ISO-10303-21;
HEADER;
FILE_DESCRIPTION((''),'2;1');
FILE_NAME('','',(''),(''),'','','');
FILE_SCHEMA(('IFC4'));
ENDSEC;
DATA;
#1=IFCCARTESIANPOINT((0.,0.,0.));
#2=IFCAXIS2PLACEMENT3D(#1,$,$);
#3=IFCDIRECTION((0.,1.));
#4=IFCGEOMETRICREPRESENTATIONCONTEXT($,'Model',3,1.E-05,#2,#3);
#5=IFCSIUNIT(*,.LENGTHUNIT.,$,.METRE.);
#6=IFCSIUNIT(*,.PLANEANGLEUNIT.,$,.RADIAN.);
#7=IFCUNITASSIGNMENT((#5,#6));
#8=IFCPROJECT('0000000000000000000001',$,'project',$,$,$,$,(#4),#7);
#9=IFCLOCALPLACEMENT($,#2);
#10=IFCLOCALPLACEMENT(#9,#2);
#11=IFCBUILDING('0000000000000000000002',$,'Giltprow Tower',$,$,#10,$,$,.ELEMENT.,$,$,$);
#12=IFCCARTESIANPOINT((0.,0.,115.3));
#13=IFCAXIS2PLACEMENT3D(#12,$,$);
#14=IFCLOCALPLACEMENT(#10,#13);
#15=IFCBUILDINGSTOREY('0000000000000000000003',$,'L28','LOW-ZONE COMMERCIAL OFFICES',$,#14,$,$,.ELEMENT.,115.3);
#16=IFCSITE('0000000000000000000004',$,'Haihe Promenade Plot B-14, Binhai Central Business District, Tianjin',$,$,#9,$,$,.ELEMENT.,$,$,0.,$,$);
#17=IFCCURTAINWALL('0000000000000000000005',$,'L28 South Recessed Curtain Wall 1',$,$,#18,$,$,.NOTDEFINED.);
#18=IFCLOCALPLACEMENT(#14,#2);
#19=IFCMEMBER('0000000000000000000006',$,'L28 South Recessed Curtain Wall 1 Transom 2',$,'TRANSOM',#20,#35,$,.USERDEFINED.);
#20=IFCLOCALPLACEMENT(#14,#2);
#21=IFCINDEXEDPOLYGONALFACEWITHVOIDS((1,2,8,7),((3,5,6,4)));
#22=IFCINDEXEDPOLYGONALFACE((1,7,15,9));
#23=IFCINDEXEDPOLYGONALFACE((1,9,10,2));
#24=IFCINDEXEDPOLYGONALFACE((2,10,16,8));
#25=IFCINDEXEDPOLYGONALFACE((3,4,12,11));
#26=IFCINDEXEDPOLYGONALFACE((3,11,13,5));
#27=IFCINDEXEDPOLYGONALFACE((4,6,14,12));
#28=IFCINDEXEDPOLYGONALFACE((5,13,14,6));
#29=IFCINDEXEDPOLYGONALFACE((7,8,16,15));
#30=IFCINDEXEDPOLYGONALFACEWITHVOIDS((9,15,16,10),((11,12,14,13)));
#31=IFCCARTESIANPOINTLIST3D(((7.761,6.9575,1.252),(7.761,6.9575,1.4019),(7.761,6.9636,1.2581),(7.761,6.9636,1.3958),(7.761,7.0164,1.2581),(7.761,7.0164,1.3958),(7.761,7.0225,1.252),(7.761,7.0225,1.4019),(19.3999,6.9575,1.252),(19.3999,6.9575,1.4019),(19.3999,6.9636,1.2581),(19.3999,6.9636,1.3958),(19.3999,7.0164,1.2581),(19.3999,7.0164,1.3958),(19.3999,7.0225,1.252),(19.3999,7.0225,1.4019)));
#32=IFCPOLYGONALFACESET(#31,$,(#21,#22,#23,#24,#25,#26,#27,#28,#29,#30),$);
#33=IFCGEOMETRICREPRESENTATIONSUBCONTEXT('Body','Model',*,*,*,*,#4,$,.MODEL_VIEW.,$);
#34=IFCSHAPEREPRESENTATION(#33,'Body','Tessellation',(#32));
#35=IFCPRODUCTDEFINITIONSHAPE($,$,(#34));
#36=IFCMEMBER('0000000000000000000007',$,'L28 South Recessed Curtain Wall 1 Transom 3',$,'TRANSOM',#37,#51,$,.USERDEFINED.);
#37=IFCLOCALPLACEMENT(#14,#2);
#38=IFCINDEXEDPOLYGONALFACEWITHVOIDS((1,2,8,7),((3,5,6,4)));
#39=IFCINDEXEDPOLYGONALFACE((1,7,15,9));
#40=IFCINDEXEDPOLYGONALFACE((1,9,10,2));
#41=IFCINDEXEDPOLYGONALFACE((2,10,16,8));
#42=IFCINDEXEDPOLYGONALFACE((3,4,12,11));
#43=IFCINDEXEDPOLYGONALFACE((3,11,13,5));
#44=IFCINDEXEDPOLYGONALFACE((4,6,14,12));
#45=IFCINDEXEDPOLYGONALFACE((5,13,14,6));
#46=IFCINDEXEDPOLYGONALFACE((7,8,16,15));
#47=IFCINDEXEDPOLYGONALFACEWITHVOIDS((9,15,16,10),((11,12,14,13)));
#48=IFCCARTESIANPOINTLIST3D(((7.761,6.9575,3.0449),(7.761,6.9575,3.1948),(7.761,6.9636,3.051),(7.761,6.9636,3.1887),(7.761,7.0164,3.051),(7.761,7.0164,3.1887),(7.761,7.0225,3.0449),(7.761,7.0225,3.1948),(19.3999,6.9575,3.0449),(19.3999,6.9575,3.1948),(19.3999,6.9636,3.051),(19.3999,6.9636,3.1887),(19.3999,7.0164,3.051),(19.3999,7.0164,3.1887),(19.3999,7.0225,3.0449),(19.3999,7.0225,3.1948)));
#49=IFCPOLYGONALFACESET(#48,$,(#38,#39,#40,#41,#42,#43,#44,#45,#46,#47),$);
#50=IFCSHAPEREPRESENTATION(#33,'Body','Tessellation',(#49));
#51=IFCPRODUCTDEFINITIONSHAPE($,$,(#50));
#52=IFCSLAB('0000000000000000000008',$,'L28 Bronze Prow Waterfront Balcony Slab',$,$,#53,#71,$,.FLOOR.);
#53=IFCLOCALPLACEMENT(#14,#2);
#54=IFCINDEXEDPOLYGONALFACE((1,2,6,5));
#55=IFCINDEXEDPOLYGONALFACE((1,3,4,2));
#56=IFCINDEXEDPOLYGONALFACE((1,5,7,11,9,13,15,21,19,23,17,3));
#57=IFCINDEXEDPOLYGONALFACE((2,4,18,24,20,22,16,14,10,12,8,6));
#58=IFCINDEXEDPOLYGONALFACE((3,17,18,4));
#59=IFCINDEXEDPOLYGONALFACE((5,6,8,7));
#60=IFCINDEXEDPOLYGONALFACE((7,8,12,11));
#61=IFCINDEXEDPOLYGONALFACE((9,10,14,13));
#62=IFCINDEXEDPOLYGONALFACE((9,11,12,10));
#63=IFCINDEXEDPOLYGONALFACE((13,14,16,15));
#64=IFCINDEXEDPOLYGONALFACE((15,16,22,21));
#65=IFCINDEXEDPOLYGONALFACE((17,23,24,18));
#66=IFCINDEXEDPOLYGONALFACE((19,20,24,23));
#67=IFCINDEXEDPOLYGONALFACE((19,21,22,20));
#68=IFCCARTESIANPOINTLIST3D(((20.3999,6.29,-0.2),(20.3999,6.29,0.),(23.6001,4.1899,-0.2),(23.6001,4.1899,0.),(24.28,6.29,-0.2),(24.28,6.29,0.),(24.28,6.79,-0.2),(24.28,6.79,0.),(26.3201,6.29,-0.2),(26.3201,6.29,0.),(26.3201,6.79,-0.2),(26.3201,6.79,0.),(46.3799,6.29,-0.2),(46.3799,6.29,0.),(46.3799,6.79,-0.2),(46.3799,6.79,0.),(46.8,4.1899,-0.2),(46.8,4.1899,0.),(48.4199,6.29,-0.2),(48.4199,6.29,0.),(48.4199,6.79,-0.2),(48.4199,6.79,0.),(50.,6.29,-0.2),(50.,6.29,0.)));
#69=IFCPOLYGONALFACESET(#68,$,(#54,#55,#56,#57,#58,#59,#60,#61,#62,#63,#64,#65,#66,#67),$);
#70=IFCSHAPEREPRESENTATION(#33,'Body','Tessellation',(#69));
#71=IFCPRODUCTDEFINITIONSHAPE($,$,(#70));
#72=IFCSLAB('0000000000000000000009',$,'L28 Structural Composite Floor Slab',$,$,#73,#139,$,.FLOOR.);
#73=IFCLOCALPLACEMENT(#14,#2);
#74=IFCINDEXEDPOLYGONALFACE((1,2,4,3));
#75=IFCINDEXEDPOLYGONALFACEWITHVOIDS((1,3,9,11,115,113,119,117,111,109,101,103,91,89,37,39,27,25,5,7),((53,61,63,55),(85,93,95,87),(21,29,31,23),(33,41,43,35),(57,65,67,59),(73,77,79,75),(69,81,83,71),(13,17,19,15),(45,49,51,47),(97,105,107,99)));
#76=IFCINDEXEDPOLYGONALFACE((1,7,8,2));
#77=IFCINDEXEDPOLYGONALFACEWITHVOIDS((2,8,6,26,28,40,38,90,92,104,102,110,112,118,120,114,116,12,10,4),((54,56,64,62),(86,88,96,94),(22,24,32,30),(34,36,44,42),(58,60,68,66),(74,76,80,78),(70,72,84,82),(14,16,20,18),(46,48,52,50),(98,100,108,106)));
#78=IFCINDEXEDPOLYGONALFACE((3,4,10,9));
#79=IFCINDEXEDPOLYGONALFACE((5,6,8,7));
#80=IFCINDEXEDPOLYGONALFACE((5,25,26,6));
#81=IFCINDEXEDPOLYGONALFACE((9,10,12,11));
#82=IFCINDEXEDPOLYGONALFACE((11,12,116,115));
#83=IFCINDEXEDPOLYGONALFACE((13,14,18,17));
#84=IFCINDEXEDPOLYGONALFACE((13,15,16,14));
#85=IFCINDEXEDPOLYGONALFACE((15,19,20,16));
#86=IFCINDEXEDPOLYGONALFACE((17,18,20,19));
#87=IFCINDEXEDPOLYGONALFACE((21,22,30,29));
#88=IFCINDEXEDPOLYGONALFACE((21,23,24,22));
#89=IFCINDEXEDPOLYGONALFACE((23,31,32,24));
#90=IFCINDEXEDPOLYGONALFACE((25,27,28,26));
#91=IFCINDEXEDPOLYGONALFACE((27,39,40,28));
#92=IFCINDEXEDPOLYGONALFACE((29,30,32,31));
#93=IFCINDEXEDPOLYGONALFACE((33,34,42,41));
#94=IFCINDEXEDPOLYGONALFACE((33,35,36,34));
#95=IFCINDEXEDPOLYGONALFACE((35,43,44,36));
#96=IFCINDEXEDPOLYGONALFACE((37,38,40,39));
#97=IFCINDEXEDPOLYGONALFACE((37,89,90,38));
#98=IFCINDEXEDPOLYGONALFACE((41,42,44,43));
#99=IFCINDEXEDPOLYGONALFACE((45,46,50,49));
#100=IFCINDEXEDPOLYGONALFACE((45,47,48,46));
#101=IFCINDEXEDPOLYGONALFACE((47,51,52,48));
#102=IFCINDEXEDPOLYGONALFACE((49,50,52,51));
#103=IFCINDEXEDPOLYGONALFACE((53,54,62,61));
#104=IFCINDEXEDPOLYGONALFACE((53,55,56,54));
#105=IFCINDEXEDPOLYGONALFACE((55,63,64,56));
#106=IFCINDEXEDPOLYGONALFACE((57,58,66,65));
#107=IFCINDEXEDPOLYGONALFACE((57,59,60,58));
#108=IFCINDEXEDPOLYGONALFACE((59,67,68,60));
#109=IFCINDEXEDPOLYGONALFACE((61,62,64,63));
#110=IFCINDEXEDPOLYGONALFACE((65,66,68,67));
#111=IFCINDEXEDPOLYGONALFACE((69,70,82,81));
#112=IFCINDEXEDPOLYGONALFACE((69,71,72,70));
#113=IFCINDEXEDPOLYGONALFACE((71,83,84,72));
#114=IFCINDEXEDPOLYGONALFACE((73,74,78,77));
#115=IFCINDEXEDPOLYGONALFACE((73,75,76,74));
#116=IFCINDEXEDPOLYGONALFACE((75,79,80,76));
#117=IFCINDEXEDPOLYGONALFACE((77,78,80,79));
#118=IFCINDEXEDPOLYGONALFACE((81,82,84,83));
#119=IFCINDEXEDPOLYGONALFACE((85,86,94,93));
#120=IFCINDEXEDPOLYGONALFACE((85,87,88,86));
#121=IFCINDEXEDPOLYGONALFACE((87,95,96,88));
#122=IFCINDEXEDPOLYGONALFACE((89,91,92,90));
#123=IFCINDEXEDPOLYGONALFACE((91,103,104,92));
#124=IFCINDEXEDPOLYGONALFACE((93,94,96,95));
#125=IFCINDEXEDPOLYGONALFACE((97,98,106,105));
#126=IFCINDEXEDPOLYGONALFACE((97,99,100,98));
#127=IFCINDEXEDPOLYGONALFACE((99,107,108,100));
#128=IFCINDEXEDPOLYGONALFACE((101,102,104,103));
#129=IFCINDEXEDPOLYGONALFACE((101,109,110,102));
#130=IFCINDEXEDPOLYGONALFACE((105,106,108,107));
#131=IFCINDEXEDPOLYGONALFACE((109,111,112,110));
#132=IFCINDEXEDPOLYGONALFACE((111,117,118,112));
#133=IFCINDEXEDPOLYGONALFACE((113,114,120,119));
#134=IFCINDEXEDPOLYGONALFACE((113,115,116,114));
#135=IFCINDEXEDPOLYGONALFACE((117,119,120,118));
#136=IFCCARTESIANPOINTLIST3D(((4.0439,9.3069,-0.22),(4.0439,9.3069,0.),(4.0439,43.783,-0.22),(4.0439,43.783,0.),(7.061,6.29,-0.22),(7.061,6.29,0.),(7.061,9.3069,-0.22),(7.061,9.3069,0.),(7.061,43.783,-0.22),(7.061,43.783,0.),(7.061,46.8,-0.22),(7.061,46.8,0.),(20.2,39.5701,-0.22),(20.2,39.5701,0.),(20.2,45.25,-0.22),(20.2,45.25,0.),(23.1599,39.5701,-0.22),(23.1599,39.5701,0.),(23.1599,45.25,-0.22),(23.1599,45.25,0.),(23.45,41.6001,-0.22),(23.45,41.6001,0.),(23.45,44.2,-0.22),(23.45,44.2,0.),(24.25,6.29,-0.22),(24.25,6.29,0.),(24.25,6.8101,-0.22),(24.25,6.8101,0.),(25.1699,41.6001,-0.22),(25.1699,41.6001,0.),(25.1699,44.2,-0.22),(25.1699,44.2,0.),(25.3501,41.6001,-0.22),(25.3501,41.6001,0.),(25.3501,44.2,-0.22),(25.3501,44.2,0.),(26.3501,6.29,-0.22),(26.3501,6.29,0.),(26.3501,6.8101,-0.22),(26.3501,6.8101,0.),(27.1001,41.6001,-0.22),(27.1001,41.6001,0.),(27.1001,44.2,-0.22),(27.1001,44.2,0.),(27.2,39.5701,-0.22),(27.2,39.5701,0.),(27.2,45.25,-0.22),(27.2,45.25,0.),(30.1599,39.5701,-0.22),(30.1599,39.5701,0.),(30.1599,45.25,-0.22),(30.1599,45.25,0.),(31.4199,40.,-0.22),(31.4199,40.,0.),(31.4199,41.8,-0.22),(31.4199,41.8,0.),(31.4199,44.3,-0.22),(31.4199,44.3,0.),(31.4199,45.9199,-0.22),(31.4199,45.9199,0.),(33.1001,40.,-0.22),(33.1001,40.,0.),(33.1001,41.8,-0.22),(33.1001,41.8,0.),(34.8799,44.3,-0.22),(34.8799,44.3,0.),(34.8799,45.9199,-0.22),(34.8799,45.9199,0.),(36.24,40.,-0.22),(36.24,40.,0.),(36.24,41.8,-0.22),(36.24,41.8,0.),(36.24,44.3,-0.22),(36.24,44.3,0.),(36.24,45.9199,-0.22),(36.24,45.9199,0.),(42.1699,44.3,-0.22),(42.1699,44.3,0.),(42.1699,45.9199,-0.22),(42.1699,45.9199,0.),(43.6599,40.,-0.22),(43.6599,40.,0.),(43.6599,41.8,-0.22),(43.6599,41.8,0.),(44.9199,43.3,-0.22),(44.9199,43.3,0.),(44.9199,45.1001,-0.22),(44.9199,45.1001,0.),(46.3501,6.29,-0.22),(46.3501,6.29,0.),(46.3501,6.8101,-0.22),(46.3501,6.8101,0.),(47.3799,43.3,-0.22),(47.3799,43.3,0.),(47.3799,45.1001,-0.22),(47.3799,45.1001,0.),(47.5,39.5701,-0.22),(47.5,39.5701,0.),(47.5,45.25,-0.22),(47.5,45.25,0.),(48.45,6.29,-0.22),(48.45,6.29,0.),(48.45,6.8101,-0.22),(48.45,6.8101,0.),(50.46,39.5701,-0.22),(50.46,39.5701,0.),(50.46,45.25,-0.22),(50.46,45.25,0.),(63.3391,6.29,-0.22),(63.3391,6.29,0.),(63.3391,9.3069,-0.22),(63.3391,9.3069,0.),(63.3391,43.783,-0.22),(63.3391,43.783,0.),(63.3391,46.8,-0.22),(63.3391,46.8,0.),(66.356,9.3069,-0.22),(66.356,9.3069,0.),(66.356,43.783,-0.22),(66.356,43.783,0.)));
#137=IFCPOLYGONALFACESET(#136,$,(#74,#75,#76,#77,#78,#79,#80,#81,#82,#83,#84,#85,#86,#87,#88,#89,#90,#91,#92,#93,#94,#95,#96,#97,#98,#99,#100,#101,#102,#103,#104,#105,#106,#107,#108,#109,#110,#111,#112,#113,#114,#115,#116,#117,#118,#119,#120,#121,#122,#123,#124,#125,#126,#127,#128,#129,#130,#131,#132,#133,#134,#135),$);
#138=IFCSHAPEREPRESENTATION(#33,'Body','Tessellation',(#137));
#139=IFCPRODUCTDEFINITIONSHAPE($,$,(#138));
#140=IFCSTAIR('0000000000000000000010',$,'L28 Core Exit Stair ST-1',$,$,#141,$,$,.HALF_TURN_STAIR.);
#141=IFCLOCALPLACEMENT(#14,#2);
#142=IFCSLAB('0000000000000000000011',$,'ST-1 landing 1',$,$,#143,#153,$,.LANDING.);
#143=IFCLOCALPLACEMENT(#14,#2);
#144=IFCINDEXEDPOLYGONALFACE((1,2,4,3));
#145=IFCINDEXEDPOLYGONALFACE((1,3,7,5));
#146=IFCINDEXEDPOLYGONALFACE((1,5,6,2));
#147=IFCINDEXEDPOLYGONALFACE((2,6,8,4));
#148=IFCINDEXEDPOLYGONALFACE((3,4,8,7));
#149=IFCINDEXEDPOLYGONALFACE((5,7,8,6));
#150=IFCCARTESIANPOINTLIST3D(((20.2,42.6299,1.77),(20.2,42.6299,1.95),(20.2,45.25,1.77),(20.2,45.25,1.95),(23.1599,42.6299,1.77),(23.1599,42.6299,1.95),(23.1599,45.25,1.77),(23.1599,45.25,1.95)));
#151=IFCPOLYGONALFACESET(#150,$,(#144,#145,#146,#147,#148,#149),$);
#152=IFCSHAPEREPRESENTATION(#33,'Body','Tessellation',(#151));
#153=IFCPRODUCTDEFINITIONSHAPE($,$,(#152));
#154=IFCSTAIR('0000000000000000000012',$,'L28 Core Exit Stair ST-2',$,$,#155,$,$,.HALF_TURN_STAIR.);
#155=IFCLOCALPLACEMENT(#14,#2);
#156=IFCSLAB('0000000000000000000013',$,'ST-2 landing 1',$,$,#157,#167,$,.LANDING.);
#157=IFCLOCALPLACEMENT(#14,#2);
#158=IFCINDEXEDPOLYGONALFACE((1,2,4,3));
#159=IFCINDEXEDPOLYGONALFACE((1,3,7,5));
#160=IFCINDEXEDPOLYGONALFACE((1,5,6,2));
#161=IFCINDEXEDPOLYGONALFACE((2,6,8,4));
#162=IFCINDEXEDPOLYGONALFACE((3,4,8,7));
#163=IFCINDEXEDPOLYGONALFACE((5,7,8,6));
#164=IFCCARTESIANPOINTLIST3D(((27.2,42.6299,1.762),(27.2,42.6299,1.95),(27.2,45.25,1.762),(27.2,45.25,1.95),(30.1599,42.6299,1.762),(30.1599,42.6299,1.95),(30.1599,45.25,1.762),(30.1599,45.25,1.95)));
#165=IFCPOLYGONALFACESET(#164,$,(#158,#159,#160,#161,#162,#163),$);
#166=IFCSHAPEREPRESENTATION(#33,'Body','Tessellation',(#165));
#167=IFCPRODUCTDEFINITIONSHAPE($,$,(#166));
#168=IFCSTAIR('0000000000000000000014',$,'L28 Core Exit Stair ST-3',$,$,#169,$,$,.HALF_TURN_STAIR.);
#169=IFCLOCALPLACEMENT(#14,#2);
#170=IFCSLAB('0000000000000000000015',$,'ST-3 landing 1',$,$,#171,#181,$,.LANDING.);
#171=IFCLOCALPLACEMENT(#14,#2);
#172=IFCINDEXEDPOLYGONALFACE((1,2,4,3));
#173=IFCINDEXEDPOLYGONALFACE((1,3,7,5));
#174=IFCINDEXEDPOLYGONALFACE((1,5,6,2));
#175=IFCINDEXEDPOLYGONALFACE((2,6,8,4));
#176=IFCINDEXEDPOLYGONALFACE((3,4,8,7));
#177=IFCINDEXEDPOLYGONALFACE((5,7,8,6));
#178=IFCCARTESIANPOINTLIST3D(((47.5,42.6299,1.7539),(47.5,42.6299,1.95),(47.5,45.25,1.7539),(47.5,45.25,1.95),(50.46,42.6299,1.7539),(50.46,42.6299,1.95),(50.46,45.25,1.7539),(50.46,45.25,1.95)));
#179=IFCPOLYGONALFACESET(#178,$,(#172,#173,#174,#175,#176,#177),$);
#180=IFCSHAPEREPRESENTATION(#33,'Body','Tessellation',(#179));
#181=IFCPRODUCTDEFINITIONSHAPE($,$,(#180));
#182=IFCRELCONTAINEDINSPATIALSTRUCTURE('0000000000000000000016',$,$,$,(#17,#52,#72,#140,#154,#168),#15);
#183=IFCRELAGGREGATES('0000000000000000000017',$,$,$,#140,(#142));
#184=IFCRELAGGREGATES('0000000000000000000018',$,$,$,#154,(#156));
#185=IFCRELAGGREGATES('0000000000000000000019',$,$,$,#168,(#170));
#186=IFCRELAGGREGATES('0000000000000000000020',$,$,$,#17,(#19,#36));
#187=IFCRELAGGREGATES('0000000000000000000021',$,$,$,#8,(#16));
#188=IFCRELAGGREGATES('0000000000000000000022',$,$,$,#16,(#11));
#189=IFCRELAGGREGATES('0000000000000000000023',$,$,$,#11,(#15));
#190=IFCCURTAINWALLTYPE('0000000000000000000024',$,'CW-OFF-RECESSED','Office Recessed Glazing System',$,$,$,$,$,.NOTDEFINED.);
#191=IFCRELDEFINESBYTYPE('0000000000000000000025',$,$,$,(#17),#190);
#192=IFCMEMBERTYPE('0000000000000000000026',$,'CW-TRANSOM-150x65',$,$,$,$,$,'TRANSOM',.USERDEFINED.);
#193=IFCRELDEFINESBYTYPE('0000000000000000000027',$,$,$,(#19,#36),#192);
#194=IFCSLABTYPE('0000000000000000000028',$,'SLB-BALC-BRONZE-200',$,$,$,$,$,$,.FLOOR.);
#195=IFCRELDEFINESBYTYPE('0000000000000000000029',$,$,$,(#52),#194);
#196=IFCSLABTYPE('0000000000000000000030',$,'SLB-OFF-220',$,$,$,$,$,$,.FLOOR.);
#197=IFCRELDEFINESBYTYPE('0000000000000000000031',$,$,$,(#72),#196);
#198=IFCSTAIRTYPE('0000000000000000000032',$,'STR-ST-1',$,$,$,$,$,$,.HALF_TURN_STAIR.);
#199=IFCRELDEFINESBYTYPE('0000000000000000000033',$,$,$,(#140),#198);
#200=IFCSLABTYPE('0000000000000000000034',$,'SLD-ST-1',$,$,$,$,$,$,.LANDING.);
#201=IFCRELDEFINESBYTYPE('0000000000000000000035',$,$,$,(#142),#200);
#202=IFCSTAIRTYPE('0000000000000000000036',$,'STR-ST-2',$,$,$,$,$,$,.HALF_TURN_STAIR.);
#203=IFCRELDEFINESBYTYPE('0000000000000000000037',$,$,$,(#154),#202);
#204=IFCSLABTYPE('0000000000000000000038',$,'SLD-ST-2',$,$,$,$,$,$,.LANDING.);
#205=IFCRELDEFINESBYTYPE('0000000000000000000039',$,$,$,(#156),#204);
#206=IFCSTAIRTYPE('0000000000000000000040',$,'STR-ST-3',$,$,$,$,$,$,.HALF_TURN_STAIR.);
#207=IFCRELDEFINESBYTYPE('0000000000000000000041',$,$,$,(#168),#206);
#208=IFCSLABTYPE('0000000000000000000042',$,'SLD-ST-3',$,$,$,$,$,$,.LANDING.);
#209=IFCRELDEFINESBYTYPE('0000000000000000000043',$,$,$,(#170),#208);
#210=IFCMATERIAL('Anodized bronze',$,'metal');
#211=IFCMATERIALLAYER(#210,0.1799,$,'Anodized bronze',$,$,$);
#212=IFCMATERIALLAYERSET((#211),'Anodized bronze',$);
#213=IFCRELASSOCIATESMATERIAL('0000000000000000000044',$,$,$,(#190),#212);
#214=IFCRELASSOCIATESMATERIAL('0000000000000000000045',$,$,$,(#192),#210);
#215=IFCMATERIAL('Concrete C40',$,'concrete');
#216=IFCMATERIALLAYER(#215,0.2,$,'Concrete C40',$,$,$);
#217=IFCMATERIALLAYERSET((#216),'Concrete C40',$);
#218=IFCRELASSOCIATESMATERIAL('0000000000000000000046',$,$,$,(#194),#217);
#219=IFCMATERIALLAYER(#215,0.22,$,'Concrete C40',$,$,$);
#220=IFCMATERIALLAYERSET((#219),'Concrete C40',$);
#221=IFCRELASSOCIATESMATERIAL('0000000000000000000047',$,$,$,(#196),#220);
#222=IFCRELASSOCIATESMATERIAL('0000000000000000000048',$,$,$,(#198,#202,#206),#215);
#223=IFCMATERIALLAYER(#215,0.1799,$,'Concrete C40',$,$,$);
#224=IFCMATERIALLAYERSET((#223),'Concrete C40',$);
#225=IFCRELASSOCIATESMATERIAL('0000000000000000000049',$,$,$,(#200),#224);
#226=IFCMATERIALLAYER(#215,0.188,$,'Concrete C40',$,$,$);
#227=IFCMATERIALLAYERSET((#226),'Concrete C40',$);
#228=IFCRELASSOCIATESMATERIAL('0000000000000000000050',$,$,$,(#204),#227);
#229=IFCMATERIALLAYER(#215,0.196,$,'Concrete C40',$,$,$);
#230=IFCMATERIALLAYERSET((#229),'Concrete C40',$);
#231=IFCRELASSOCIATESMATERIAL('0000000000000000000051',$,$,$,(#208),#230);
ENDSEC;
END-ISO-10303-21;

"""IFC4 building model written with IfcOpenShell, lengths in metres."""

from ifc_helpers import new_model, si_unit, direction, frame, origin, origin_2d, place, context, subcontext, project, spatial, polyline, hollow_rectangle, outline, extrude, source, transform, mapped, material, layer, layer_set, material_profile, profile_set, type_object, element, aggregate, save


model = new_model("IFC4")

# Units and contexts
model_context = context("Model", 3, precision=1e-05, world=origin(), true_north=direction((0.0, 1.0)))
body_context = subcontext(model_context, "Body", "Model", "MODEL_VIEW")
ifc_project = project(units=[si_unit("LENGTHUNIT", "METRE"), si_unit("PLANEANGLEUNIT", "RADIAN")], contexts=[model_context])

# Site, building, storey
site_placement = place(None, origin())
site = spatial("IfcSite", under=ifc_project, at=site_placement, Name="Haihe Promenade Plot B-14, Binhai Central Business District, Tianjin", CompositionType="ELEMENT", RefElevation=0.0)
building_placement = place(site_placement, origin())
building = spatial("IfcBuilding", under=site, at=building_placement, Name="Giltprow Tower", CompositionType="ELEMENT")
storey_placement = place(building_placement, frame((0.0, 0.0, 115.3)))
storey = spatial("IfcBuildingStorey", under=building, at=storey_placement, Name="L28", Description="LOW-ZONE COMMERCIAL OFFICES", CompositionType="ELEMENT", Elevation=115.3)

# Curtain wall, members
ifc_material_1 = material(Name="Anodized bronze", Category="metal")
ifc_layer_1 = layer(ifc_material_1, 0.1799, Name="Anodized bronze")
ifc_layer_set_1 = layer_set([ifc_layer_1], Name="Anodized bronze")
curtain_wall_type = type_object("IfcCurtainWallType", Name="CW-OFF-RECESSED", Description="Office Recessed Glazing System", PredefinedType="NOTDEFINED", material=ifc_layer_set_1)
curtain_wall_placement = place(storey_placement, origin())
curtain_wall = element("IfcCurtainWall", 1, at=curtain_wall_placement, inside=storey, type_object=curtain_wall_type, Name="L28 South Recessed Curtain Wall 1", PredefinedType="NOTDEFINED")
ifc_material_profile_1 = material_profile(ifc_material_1, hollow_rectangle(XDim=0.0649, YDim=0.1499, WallThickness=0.0061, at=origin_2d()), Name="RHS 150x65x6")
ifc_profile_set_1 = profile_set([ifc_material_profile_1], Name="Anodized bronze")
member_type_1 = type_object("IfcMemberType", Name="CW-TRANSOM-150x65", ElementType="TRANSOM", PredefinedType="USERDEFINED", material=ifc_profile_set_1)
shared_shape_1 = source(origin(), body_context, "Body", "SweptSolid", [
    extrude(hollow_rectangle(XDim=0.0649, YDim=0.1499, WallThickness=0.0061, at=origin_2d()), origin(), (0.0, 0.0, 1.0), 11.6389),
])
member_1_placement = place(storey_placement, frame((7.761, 6.99, 1.3269), z_axis=(1.0, 0.0, 0.0), x_axis=(0.0, 1.0, 0.0)))
member_1 = element("IfcMember", 2, at=member_1_placement, type_object=member_type_1, Name="L28 South Recessed Curtain Wall 1 Transom 2", ObjectType="TRANSOM", PredefinedType="USERDEFINED", context=body_context, shape_type="MappedRepresentation", body=[
    mapped(shared_shape_1, transform((0.0, 0.0, 0.0), x_axis=(1.0, 0.0, 0.0), y_axis=(0.0, 1.0, 0.0), z_axis=(0.0, 0.0, 1.0), scale=1.0)),
])
member_2_placement = place(storey_placement, frame((7.761, 6.99, 3.1199), z_axis=(1.0, 0.0, 0.0), x_axis=(0.0, 1.0, 0.0)))
member_2 = element("IfcMember", 3, at=member_2_placement, type_object=member_type_1, Name="L28 South Recessed Curtain Wall 1 Transom 3", ObjectType="TRANSOM", PredefinedType="USERDEFINED", context=body_context, shape_type="MappedRepresentation", body=[
    mapped(shared_shape_1, transform((0.0, 0.0, 0.0), x_axis=(1.0, 0.0, 0.0), y_axis=(0.0, 1.0, 0.0), z_axis=(0.0, 0.0, 1.0), scale=1.0)),
])

# Slabs
ifc_material_2 = material(Name="Concrete C40", Category="concrete")
ifc_layer_2 = layer(ifc_material_2, 0.2, Name="Concrete C40")
ifc_layer_set_2 = layer_set([ifc_layer_2], Name="Concrete C40")
slab_type_1 = type_object("IfcSlabType", Name="SLB-BALC-BRONZE-200", PredefinedType="FLOOR", material=ifc_layer_set_2)
slab_1_placement = place(storey_placement, frame((0.0, 0.0, -0.2)))
element("IfcSlab", 4, at=slab_1_placement, inside=storey, type_object=slab_type_1, Name="L28 Bronze Prow Waterfront Balcony Slab", PredefinedType="FLOOR", context=body_context, shape_type="SweptSolid", body=[
    extrude(outline(polyline([(50.0, 6.29), (46.8, 4.1899), (23.6001, 4.1899), (20.3999, 6.29), (24.28, 6.29), (24.28, 6.79), (26.3201, 6.79), (26.3201, 6.29), (46.3799, 6.29), (46.3799, 6.79), (48.4199, 6.79), (48.4199, 6.29), (50.0, 6.29)])), origin(), (0.0, 0.0, 1.0), 0.2),
])
ifc_layer_3 = layer(ifc_material_2, 0.22, Name="Concrete C40")
ifc_layer_set_3 = layer_set([ifc_layer_3], Name="Concrete C40")
slab_type_2 = type_object("IfcSlabType", Name="SLB-OFF-220", PredefinedType="FLOOR", material=ifc_layer_set_3)
slab_2_placement = place(storey_placement, frame((0.0, 0.0, -0.22)))
element("IfcSlab", 5, at=slab_2_placement, inside=storey, type_object=slab_type_2, Name="L28 Structural Composite Floor Slab", PredefinedType="FLOOR", context=body_context, shape_type="SweptSolid", body=[
    extrude(outline(polyline([(7.061, 6.29), (7.061, 9.3069), (4.0439, 9.3069), (4.0439, 43.783), (7.061, 43.783), (7.061, 46.8), (63.3391, 46.8), (63.3391, 43.783), (66.356, 43.783), (66.356, 9.3069), (63.3391, 9.3069), (63.3391, 6.29), (48.45, 6.29), (48.45, 6.8101), (46.3501, 6.8101), (46.3501, 6.29), (26.3501, 6.29), (26.3501, 6.8101), (24.25, 6.8101), (24.25, 6.29), (7.061, 6.29)]), holes=[polyline([(33.1001, 41.8), (31.4199, 41.8), (31.4199, 40.0), (33.1001, 40.0), (33.1001, 41.8)]), polyline([(23.1599, 39.5701), (23.1599, 45.25), (20.2, 45.25), (20.2, 39.5701), (23.1599, 39.5701)]), polyline([(30.1599, 45.25), (27.2, 45.25), (27.2, 39.5701), (30.1599, 39.5701), (30.1599, 45.25)]), polyline([(25.1699, 41.6001), (25.1699, 44.2), (23.45, 44.2), (23.45, 41.6001), (25.1699, 41.6001)]), polyline([(27.1001, 41.6001), (27.1001, 44.2), (25.3501, 44.2), (25.3501, 41.6001), (27.1001, 41.6001)]), polyline([(43.6599, 40.0), (43.6599, 41.8), (36.24, 41.8), (36.24, 40.0), (43.6599, 40.0)]), polyline([(50.46, 39.5701), (50.46, 45.25), (47.5, 45.25), (47.5, 39.5701), (50.46, 39.5701)]), polyline([(47.3799, 45.1001), (44.9199, 45.1001), (44.9199, 43.3), (47.3799, 43.3), (47.3799, 45.1001)]), polyline([(34.8799, 44.3), (34.8799, 45.9199), (31.4199, 45.9199), (31.4199, 44.3), (34.8799, 44.3)]), polyline([(42.1699, 44.3), (42.1699, 45.9199), (36.24, 45.9199), (36.24, 44.3), (42.1699, 44.3)])]), origin(), (0.0, 0.0, 1.0), 0.22),
])

# Stairs, slabs
stair_type_1 = type_object("IfcStairType", Name="STR-ST-1", PredefinedType="HALF_TURN_STAIR", material=ifc_material_2)
stair_1_placement = place(storey_placement, origin())
stair_1 = element("IfcStair", 6, at=stair_1_placement, inside=storey, type_object=stair_type_1, Name="L28 Core Exit Stair ST-1", PredefinedType="HALF_TURN_STAIR")
ifc_layer_4 = layer(ifc_material_2, 0.1799, Name="Concrete C40")
ifc_layer_set_4 = layer_set([ifc_layer_4], Name="Concrete C40")
slab_type_3 = type_object("IfcSlabType", Name="SLD-ST-1", PredefinedType="LANDING", material=ifc_layer_set_4)
slab_3_placement = place(storey_placement, frame((0.0, 0.0, 1.77)))
slab_3 = element("IfcSlab", 7, at=slab_3_placement, type_object=slab_type_3, Name="ST-1 landing 1", PredefinedType="LANDING", context=body_context, shape_type="SweptSolid", body=[
    extrude(outline(polyline([(23.1599, 42.6299), (23.1599, 45.25), (20.2, 45.25), (20.2, 42.6299), (23.1599, 42.6299)])), origin(), (0.0, 0.0, 1.0), 0.1799),
])
aggregate(stair_1, [slab_3])
stair_type_2 = type_object("IfcStairType", Name="STR-ST-2", PredefinedType="HALF_TURN_STAIR", material=ifc_material_2)
stair_2_placement = place(storey_placement, origin())
stair_2 = element("IfcStair", 8, at=stair_2_placement, inside=storey, type_object=stair_type_2, Name="L28 Core Exit Stair ST-2", PredefinedType="HALF_TURN_STAIR")
ifc_layer_5 = layer(ifc_material_2, 0.188, Name="Concrete C40")
ifc_layer_set_5 = layer_set([ifc_layer_5], Name="Concrete C40")
slab_type_4 = type_object("IfcSlabType", Name="SLD-ST-2", PredefinedType="LANDING", material=ifc_layer_set_5)
slab_4_placement = place(storey_placement, frame((0.0, 0.0, 1.762)))
slab_4 = element("IfcSlab", 9, at=slab_4_placement, type_object=slab_type_4, Name="ST-2 landing 1", PredefinedType="LANDING", context=body_context, shape_type="SweptSolid", body=[
    extrude(outline(polyline([(30.1599, 42.6299), (30.1599, 45.25), (27.2, 45.25), (27.2, 42.6299), (30.1599, 42.6299)])), origin(), (0.0, 0.0, 1.0), 0.188),
])
aggregate(stair_2, [slab_4])
stair_type_3 = type_object("IfcStairType", Name="STR-ST-3", PredefinedType="HALF_TURN_STAIR", material=ifc_material_2)
stair_3_placement = place(storey_placement, origin())
stair_3 = element("IfcStair", 10, at=stair_3_placement, inside=storey, type_object=stair_type_3, Name="L28 Core Exit Stair ST-3", PredefinedType="HALF_TURN_STAIR")
ifc_layer_6 = layer(ifc_material_2, 0.196, Name="Concrete C40")
ifc_layer_set_6 = layer_set([ifc_layer_6], Name="Concrete C40")
slab_type_5 = type_object("IfcSlabType", Name="SLD-ST-3", PredefinedType="LANDING", material=ifc_layer_set_6)
slab_5_placement = place(storey_placement, frame((0.0, 0.0, 1.7539)))
slab_5 = element("IfcSlab", 11, at=slab_5_placement, type_object=slab_type_5, Name="ST-3 landing 1", PredefinedType="LANDING", context=body_context, shape_type="SweptSolid", body=[
    extrude(outline(polyline([(50.46, 42.6299), (50.46, 45.25), (47.5, 45.25), (47.5, 42.6299), (50.46, 42.6299)])), origin(), (0.0, 0.0, 1.0), 0.196),
])
aggregate(stair_3, [slab_5])

aggregate(curtain_wall, [member_1, member_2])

save(model, "model.ifc")
